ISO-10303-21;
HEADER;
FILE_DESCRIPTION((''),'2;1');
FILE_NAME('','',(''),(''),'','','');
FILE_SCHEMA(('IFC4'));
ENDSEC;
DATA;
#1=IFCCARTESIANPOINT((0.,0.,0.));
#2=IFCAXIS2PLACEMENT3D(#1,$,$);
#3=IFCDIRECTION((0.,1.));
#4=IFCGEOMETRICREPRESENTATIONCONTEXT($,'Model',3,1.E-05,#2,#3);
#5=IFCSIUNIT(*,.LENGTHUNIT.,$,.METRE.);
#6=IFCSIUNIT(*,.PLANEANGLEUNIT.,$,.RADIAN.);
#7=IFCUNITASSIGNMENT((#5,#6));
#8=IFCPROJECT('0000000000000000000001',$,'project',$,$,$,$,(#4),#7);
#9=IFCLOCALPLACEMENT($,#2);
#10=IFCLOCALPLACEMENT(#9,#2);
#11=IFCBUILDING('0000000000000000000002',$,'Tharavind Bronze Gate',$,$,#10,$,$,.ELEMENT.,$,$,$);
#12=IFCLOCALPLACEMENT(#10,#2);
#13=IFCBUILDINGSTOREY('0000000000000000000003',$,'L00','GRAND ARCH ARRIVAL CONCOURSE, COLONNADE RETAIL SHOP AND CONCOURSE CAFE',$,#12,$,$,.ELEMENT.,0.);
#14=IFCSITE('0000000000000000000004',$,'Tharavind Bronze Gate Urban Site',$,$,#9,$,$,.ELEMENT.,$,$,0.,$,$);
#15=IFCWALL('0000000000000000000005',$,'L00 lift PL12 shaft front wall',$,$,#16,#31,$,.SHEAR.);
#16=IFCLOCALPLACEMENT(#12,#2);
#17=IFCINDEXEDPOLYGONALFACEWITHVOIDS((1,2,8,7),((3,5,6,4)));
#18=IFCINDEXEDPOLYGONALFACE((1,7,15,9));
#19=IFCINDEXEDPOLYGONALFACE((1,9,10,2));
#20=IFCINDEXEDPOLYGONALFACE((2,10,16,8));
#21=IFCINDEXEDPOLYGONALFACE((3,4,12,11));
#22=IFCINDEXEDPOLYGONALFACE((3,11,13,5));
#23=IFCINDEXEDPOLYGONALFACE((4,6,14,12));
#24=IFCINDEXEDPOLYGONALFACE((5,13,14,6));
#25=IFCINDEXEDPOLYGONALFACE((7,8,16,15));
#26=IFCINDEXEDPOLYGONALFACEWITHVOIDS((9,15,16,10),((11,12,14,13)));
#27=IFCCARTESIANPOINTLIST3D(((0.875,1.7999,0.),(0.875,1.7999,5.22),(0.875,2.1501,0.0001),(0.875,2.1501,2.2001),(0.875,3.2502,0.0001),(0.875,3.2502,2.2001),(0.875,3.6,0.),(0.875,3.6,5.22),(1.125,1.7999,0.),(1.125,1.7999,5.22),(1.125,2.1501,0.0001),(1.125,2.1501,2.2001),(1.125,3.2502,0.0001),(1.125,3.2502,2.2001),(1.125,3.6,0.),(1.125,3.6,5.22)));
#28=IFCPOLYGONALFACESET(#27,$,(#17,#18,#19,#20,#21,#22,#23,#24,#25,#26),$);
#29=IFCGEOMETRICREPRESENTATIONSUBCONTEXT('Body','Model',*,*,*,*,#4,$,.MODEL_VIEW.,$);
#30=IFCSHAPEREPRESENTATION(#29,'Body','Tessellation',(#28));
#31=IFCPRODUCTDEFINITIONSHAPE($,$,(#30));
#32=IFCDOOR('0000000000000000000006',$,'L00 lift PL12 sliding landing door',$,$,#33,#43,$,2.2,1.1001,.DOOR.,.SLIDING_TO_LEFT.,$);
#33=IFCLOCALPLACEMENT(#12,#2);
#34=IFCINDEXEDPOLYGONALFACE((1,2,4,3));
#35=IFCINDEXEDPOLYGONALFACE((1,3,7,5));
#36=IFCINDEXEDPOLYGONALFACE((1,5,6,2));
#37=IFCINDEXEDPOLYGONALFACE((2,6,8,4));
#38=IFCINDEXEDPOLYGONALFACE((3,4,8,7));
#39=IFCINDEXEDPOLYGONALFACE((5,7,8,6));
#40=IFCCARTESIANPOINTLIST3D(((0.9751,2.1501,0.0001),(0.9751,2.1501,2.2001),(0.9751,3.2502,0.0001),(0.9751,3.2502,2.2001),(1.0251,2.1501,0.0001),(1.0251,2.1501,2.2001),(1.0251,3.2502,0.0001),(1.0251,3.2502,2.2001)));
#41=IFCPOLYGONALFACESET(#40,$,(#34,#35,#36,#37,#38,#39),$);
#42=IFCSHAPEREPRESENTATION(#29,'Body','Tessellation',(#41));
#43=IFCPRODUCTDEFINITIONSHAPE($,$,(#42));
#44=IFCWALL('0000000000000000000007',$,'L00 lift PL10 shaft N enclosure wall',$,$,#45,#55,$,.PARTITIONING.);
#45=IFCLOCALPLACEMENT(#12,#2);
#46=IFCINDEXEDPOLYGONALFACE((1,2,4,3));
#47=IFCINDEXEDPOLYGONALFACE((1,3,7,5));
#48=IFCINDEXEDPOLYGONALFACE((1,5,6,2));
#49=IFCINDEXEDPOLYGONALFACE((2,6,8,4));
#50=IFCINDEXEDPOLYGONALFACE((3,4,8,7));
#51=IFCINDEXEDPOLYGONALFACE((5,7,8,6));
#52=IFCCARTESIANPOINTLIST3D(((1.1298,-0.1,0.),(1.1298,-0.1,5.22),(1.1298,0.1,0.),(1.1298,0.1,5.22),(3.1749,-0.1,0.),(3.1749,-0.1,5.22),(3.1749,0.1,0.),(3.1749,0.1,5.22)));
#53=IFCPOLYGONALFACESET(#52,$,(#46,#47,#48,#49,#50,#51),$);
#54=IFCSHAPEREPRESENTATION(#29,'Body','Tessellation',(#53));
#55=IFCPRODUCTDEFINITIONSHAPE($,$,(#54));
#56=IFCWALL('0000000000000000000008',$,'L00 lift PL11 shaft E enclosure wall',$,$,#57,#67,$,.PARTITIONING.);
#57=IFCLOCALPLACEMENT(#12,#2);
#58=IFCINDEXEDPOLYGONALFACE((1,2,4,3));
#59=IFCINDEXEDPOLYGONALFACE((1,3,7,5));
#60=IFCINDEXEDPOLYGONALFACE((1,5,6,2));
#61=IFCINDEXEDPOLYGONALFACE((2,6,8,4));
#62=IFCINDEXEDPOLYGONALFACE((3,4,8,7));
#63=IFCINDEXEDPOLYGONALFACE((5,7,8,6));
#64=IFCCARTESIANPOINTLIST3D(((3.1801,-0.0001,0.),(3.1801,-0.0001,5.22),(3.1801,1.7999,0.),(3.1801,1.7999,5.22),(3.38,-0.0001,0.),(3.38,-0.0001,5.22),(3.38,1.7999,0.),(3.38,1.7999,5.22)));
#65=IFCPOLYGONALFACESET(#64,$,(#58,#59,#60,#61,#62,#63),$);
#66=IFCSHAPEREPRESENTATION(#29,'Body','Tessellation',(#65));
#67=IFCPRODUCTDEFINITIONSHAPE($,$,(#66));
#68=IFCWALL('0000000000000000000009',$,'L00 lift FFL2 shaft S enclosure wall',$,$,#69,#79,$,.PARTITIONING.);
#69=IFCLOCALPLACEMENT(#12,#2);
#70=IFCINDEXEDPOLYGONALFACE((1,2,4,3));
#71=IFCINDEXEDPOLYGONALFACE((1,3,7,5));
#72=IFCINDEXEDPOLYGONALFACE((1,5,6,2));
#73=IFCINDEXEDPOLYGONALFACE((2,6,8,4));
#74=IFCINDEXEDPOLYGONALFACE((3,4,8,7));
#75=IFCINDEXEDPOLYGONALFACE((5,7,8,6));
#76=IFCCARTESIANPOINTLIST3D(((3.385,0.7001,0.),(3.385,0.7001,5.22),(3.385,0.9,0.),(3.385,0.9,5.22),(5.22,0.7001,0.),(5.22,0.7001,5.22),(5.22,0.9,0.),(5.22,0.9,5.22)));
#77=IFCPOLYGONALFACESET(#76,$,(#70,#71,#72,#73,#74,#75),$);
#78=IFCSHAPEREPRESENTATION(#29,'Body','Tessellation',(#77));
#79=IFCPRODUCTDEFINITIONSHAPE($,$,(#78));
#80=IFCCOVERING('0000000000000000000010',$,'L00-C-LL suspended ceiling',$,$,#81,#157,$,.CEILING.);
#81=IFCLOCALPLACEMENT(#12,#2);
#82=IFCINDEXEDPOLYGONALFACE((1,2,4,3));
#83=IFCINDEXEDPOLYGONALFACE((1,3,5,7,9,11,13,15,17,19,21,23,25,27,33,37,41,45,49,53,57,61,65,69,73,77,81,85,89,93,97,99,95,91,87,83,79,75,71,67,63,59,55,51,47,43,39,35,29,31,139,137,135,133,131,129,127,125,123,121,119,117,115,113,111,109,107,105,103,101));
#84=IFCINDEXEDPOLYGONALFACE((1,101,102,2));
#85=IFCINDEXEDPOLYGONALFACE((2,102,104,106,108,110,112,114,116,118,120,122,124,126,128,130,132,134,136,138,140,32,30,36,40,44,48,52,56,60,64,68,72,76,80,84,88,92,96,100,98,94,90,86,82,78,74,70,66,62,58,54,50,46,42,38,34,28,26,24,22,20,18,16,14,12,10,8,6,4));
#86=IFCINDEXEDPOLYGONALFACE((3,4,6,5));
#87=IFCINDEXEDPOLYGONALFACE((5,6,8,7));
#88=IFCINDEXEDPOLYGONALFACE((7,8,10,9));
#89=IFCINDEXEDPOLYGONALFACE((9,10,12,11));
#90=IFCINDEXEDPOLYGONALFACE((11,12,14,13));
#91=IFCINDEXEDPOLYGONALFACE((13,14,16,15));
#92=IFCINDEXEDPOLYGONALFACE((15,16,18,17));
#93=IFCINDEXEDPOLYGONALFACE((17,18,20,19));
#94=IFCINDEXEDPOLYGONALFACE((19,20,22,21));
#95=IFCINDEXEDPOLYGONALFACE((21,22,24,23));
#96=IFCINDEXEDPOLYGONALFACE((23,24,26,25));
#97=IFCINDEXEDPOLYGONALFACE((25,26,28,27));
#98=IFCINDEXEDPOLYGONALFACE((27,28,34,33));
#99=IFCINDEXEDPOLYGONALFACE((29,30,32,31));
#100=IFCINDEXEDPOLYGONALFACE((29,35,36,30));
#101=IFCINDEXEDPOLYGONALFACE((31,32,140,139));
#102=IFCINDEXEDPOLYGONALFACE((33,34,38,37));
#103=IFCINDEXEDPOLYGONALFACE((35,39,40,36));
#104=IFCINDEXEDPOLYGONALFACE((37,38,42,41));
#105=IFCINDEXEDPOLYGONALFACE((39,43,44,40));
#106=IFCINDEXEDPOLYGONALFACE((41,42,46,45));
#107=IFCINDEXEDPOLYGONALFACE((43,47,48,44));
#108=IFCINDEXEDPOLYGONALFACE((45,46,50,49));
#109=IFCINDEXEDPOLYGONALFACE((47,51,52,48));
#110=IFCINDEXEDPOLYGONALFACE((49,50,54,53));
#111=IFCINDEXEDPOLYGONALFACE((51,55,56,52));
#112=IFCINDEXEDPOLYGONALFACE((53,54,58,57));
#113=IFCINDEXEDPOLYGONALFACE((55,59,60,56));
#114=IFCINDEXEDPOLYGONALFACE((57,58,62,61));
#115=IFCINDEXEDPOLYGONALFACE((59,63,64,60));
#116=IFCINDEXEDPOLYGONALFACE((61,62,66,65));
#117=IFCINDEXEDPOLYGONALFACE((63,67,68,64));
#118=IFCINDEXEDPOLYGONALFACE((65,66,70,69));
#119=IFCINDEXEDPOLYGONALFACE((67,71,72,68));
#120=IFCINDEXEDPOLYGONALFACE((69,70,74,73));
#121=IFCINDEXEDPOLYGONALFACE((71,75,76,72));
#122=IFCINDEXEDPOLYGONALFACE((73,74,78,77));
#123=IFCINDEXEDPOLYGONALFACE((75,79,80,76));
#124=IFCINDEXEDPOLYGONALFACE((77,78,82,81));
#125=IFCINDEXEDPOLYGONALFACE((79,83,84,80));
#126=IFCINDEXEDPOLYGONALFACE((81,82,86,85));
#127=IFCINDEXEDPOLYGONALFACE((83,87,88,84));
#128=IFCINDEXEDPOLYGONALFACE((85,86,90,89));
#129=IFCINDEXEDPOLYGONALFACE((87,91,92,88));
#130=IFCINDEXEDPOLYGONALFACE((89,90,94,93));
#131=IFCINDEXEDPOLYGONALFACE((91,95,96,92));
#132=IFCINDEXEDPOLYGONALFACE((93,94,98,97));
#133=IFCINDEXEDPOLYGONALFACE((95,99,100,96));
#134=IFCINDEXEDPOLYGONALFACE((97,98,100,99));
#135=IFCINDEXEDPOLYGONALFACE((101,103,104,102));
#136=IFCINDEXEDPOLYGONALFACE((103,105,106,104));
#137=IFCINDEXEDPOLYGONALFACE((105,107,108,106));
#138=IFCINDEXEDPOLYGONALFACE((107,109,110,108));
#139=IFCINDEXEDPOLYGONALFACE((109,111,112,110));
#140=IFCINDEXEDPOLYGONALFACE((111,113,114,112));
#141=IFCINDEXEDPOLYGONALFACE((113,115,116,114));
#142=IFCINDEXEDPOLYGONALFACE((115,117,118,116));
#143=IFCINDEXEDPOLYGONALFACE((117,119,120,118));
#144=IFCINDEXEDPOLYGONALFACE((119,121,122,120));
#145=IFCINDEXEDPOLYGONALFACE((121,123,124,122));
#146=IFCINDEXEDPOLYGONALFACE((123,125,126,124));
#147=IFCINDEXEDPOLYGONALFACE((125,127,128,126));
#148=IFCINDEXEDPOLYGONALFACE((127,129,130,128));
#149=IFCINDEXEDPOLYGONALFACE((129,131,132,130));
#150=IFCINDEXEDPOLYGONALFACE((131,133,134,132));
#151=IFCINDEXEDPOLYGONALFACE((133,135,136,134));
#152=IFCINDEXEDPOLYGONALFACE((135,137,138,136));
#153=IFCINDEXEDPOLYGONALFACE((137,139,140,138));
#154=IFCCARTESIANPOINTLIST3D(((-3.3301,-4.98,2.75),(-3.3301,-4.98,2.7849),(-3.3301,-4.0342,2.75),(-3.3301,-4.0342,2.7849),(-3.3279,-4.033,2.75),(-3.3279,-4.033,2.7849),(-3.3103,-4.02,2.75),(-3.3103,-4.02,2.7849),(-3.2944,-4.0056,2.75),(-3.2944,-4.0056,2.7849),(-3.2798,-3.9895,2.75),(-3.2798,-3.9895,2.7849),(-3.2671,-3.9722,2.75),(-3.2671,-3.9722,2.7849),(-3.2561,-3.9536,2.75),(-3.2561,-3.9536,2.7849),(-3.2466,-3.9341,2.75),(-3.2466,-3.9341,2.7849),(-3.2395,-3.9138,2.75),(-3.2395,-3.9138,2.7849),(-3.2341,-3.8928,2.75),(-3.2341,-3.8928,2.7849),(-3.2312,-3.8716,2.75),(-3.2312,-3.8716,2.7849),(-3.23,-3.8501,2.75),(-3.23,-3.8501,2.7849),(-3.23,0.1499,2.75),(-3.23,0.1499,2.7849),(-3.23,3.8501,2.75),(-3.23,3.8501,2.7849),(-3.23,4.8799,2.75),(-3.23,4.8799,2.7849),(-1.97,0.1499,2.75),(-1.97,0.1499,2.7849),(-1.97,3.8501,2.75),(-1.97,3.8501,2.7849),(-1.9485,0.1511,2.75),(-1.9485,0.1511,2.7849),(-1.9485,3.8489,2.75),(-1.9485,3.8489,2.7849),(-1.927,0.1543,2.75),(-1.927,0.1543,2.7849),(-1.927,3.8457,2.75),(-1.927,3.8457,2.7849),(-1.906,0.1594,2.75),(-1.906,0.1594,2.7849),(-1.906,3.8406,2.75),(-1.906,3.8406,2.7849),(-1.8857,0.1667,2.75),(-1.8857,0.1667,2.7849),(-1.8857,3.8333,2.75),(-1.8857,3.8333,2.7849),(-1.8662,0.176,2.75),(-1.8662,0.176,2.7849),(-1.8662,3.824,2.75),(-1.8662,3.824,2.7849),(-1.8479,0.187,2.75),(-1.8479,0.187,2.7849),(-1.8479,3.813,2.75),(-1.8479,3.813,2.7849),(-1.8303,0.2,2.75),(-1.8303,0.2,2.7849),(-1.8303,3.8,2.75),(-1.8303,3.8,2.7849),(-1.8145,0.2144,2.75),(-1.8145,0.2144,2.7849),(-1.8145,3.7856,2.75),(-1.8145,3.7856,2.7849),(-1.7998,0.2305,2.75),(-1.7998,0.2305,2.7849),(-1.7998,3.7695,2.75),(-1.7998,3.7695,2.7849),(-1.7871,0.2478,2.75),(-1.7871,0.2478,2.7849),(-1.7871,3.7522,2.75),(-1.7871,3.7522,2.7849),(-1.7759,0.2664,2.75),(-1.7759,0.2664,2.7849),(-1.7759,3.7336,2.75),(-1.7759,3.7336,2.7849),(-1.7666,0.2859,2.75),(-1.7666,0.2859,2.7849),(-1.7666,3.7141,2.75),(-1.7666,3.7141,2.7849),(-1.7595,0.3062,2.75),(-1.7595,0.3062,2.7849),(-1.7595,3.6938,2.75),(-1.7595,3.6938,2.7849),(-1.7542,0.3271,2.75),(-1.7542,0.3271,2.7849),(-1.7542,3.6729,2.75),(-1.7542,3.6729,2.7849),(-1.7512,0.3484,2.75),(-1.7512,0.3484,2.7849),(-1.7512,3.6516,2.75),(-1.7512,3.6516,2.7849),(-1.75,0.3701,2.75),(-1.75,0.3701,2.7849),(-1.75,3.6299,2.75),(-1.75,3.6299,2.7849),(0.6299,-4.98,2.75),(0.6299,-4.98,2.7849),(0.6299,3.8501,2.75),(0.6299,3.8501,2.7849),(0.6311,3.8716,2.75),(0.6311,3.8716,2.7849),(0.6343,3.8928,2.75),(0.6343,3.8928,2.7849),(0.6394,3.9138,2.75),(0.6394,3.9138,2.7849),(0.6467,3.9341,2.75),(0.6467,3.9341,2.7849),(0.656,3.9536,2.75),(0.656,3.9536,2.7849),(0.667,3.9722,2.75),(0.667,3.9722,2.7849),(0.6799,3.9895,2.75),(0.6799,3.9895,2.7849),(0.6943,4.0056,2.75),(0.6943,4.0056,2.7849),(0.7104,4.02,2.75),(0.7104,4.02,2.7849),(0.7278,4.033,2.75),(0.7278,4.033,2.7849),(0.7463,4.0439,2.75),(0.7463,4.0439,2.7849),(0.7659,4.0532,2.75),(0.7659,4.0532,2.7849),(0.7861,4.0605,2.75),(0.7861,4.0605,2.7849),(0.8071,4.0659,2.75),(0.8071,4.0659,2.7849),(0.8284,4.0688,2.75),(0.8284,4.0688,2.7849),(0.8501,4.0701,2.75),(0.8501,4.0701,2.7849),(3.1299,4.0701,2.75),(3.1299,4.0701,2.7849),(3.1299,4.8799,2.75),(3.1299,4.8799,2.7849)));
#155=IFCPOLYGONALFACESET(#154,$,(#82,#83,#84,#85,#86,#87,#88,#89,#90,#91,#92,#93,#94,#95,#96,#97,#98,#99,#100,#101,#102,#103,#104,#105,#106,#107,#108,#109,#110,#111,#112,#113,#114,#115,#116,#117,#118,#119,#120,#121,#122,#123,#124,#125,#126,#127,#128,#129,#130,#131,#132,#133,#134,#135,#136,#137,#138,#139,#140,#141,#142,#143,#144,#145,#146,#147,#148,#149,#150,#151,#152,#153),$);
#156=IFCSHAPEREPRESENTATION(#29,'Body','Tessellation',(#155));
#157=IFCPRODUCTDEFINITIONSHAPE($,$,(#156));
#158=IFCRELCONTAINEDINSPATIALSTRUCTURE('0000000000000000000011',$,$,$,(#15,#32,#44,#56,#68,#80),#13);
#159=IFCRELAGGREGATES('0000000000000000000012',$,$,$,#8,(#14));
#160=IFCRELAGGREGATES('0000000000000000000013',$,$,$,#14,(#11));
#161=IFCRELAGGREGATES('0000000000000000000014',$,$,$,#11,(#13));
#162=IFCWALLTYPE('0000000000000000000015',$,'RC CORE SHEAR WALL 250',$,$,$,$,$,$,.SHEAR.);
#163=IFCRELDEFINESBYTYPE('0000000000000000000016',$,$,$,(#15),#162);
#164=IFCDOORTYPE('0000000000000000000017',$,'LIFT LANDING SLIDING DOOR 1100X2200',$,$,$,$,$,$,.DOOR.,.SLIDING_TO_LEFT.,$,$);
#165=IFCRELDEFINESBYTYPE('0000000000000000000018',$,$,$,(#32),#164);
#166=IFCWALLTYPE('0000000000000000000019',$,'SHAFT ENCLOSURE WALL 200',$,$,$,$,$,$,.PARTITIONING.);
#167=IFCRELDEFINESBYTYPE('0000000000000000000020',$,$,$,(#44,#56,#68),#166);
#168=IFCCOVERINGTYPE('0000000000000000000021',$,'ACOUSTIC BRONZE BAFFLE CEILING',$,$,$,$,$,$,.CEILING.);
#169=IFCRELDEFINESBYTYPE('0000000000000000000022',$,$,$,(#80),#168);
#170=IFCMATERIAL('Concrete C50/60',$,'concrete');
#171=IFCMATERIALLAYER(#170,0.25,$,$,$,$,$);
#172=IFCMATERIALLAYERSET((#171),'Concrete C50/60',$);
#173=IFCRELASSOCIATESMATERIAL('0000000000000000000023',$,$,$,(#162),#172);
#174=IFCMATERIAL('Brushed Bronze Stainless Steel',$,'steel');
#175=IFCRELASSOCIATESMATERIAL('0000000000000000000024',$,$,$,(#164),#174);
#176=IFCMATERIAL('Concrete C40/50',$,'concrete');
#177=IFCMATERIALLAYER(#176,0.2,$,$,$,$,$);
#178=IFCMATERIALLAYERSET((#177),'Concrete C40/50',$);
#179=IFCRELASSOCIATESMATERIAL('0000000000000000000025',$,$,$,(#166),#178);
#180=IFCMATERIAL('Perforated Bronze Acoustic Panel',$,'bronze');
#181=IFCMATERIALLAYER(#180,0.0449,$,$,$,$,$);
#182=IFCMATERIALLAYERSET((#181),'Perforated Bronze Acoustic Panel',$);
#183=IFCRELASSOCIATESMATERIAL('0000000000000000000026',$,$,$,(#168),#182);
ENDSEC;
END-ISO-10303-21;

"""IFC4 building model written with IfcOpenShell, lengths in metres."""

from ifc_helpers import new_model, si_unit, direction, frame, frame_2d, origin, place, context, subcontext, project, spatial, polyline, rectangle, outline, extrude, material, layer, layer_set, type_object, element, fill, save


model = new_model("IFC4")

# Units and contexts
model_context = context("Model", 3, precision=1e-05, world=origin(), true_north=direction((0.0, 1.0)))
body_context = subcontext(model_context, "Body", "Model", "MODEL_VIEW")
ifc_project = project(units=[si_unit("LENGTHUNIT", "METRE"), si_unit("PLANEANGLEUNIT", "RADIAN")], contexts=[model_context])

# Site, building, storey
site_placement = place(None, origin())
site = spatial("IfcSite", under=ifc_project, at=site_placement, Name="Tharavind Bronze Gate Urban Site", CompositionType="ELEMENT", RefElevation=0.0)
building_placement = place(site_placement, origin())
building = spatial("IfcBuilding", under=site, at=building_placement, Name="Tharavind Bronze Gate", CompositionType="ELEMENT")
storey_placement = place(building_placement, origin())
storey = spatial("IfcBuildingStorey", under=building, at=storey_placement, Name="L00", Description="GRAND ARCH ARRIVAL CONCOURSE, COLONNADE RETAIL SHOP AND CONCOURSE CAFE", CompositionType="ELEMENT", Elevation=0.0)

# Shared definitions
ifc_material_1 = material(Name="Concrete C50/60", Category="concrete")

# Shared definitions
ifc_material_2 = material(Name="Concrete C40/50", Category="concrete")

# Wall, opening, door
ifc_layer_1 = layer(ifc_material_1, 0.25)
ifc_layer_set_1 = layer_set([ifc_layer_1], Name="Concrete C50/60")
wall_type_1 = type_object("IfcWallType", Name="RC CORE SHEAR WALL 250", PredefinedType="SHEAR", material=ifc_layer_set_1)
ifc_material_3 = material(Name="Brushed Bronze Stainless Steel", Category="steel")
door_type = type_object("IfcDoorType", Name="LIFT LANDING SLIDING DOOR 1100X2200", OperationType="SLIDING_TO_LEFT", PredefinedType="DOOR", material=ifc_material_3)
wall_1_placement = place(storey_placement, frame((1.0, 1.8, 0.0), z_axis=(0.0, 0.0, 1.0), x_axis=(0.0, 1.0, 0.0)))
wall_1 = element("IfcWall", 1, at=wall_1_placement, inside=storey, type_object=wall_type_1, Name="L00 lift PL12 shaft front wall", PredefinedType="SHEAR", context=body_context, shape_type="SweptSolid", body=[
    extrude(rectangle(XDim=1.8, YDim=0.25, at=frame_2d((0.8999, 0.0))), origin(), (0.0, 0.0, 1.0), 5.22),
])
opening_1_placement = place(wall_1_placement, frame((0.3501, 0.0, 0.0)))
opening_1 = element("IfcOpeningElement", 2, at=opening_1_placement, cuts=wall_1, PredefinedType="OPENING", context=body_context, shape_type="SweptSolid", body=[
    extrude(rectangle(XDim=1.1001, YDim=2.2, at=frame_2d((0.55, 1.1001))), frame((0.0, 0.135, 0.0), z_axis=(0.0, -1.0, 0.0), x_axis=(1.0, 0.0, 0.0)), (0.0, 0.0, 1.0), 0.27),
])
door_1_placement = place(opening_1_placement, origin())
door_1 = element("IfcDoor", 3, at=door_1_placement, inside=storey, type_object=door_type, Name="L00 lift PL12 sliding landing door", OperationType="SLIDING_TO_LEFT", OverallHeight=2.2, OverallWidth=1.1001, PredefinedType="DOOR", context=body_context, shape_type="SweptSolid", body=[
    extrude(rectangle(XDim=1.1001, YDim=2.2, at=frame_2d((0.55, 1.1001))), frame((0.0, 0.0249, 0.0), z_axis=(0.0, -1.0, 0.0), x_axis=(1.0, 0.0, 0.0)), (0.0, 0.0, 1.0), 0.05),
])
fill(opening_1, door_1)

# Walls
ifc_layer_2 = layer(ifc_material_2, 0.2)
ifc_layer_set_2 = layer_set([ifc_layer_2], Name="Concrete C40/50")
wall_type_2 = type_object("IfcWallType", Name="SHAFT ENCLOSURE WALL 200", PredefinedType="PARTITIONING", material=ifc_layer_set_2)
wall_2_placement = place(storey_placement, frame((1.1299, 0.0, 0.0), z_axis=(0.0, 0.0, 1.0), x_axis=(1.0, 0.0, 0.0)))
element("IfcWall", 4, at=wall_2_placement, inside=storey, type_object=wall_type_2, Name="L00 lift PL10 shaft N enclosure wall", PredefinedType="PARTITIONING", context=body_context, shape_type="SweptSolid", body=[
    extrude(rectangle(XDim=2.0452, YDim=0.2, at=frame_2d((1.0225, 0.0))), origin(), (0.0, 0.0, 1.0), 5.22),
])
wall_3_placement = place(storey_placement, frame((3.28, 0.0, 0.0), z_axis=(0.0, 0.0, 1.0), x_axis=(0.0, 1.0, 0.0)))
element("IfcWall", 5, at=wall_3_placement, inside=storey, type_object=wall_type_2, Name="L00 lift PL11 shaft E enclosure wall", PredefinedType="PARTITIONING", context=body_context, shape_type="SweptSolid", body=[
    extrude(rectangle(XDim=1.8, YDim=0.2, at=frame_2d((0.8999, 0.0))), origin(), (0.0, 0.0, 1.0), 5.22),
])
wall_4_placement = place(storey_placement, frame((3.385, 0.8, 0.0), z_axis=(0.0, 0.0, 1.0), x_axis=(1.0, 0.0, 0.0)))
element("IfcWall", 6, at=wall_4_placement, inside=storey, type_object=wall_type_2, Name="L00 lift FFL2 shaft S enclosure wall", PredefinedType="PARTITIONING", context=body_context, shape_type="SweptSolid", body=[
    extrude(rectangle(XDim=1.835, YDim=0.2, at=frame_2d((0.9175, 0.0))), origin(), (0.0, 0.0, 1.0), 5.22),
])

# Covering
ifc_material_4 = material(Name="Perforated Bronze Acoustic Panel", Category="bronze")
ifc_layer_3 = layer(ifc_material_4, 0.0449)
ifc_layer_set_3 = layer_set([ifc_layer_3], Name="Perforated Bronze Acoustic Panel")
covering_type_1 = type_object("IfcCoveringType", Name="ACOUSTIC BRONZE BAFFLE CEILING", PredefinedType="CEILING", material=ifc_layer_set_3)
covering_1_placement = place(storey_placement, frame((0.0, 0.0, 2.75)))
element("IfcCovering", 7, at=covering_1_placement, inside=storey, type_object=covering_type_1, Name="L00-C-LL suspended ceiling", PredefinedType="CEILING", context=body_context, shape_type="SweptSolid", body=[
    extrude(outline(polyline([(-3.3301, -4.98), (0.6299, -4.98), (0.6299, 3.8501), (0.6311, 3.8716), (0.6343, 3.8928), (0.6394, 3.9138), (0.6467, 3.9341), (0.656, 3.9536), (0.667, 3.9722), (0.6799, 3.9895), (0.6943, 4.0056), (0.7104, 4.02), (0.7278, 4.033), (0.7463, 4.0439), (0.7659, 4.0532), (0.7861, 4.0605), (0.8071, 4.0659), (0.8284, 4.0688), (0.8501, 4.0701), (3.1299, 4.0701), (3.1299, 4.8799), (-3.23, 4.8799), (-3.23, 3.8501), (-1.97, 3.8501), (-1.9485, 3.8489), (-1.927, 3.8457), (-1.906, 3.8406), (-1.8857, 3.8333), (-1.8662, 3.824), (-1.8479, 3.813), (-1.8303, 3.8), (-1.8145, 3.7856), (-1.7998, 3.7695), (-1.7871, 3.7522), (-1.7759, 3.7336), (-1.7666, 3.7141), (-1.7595, 3.6938), (-1.7542, 3.6729), (-1.7512, 3.6516), (-1.75, 3.6299), (-1.75, 0.3701), (-1.7512, 0.3484), (-1.7542, 0.3271), (-1.7595, 0.3062), (-1.7666, 0.2859), (-1.7759, 0.2664), (-1.7871, 0.2478), (-1.7998, 0.2305), (-1.8145, 0.2144), (-1.8303, 0.2), (-1.8479, 0.187), (-1.8662, 0.176), (-1.8857, 0.1667), (-1.906, 0.1594), (-1.927, 0.1543), (-1.9485, 0.1511), (-1.97, 0.1499), (-3.23, 0.1499), (-3.23, -3.8501), (-3.2312, -3.8716), (-3.2341, -3.8928), (-3.2395, -3.9138), (-3.2466, -3.9341), (-3.2561, -3.9536), (-3.2671, -3.9722), (-3.2798, -3.9895), (-3.2944, -4.0056), (-3.3103, -4.02), (-3.3279, -4.033), (-3.3301, -4.0342), (-3.3301, -4.98)])), origin(), (0.0, 0.0, 1.0), 0.0349),
])

save(model, "model.ifc")
